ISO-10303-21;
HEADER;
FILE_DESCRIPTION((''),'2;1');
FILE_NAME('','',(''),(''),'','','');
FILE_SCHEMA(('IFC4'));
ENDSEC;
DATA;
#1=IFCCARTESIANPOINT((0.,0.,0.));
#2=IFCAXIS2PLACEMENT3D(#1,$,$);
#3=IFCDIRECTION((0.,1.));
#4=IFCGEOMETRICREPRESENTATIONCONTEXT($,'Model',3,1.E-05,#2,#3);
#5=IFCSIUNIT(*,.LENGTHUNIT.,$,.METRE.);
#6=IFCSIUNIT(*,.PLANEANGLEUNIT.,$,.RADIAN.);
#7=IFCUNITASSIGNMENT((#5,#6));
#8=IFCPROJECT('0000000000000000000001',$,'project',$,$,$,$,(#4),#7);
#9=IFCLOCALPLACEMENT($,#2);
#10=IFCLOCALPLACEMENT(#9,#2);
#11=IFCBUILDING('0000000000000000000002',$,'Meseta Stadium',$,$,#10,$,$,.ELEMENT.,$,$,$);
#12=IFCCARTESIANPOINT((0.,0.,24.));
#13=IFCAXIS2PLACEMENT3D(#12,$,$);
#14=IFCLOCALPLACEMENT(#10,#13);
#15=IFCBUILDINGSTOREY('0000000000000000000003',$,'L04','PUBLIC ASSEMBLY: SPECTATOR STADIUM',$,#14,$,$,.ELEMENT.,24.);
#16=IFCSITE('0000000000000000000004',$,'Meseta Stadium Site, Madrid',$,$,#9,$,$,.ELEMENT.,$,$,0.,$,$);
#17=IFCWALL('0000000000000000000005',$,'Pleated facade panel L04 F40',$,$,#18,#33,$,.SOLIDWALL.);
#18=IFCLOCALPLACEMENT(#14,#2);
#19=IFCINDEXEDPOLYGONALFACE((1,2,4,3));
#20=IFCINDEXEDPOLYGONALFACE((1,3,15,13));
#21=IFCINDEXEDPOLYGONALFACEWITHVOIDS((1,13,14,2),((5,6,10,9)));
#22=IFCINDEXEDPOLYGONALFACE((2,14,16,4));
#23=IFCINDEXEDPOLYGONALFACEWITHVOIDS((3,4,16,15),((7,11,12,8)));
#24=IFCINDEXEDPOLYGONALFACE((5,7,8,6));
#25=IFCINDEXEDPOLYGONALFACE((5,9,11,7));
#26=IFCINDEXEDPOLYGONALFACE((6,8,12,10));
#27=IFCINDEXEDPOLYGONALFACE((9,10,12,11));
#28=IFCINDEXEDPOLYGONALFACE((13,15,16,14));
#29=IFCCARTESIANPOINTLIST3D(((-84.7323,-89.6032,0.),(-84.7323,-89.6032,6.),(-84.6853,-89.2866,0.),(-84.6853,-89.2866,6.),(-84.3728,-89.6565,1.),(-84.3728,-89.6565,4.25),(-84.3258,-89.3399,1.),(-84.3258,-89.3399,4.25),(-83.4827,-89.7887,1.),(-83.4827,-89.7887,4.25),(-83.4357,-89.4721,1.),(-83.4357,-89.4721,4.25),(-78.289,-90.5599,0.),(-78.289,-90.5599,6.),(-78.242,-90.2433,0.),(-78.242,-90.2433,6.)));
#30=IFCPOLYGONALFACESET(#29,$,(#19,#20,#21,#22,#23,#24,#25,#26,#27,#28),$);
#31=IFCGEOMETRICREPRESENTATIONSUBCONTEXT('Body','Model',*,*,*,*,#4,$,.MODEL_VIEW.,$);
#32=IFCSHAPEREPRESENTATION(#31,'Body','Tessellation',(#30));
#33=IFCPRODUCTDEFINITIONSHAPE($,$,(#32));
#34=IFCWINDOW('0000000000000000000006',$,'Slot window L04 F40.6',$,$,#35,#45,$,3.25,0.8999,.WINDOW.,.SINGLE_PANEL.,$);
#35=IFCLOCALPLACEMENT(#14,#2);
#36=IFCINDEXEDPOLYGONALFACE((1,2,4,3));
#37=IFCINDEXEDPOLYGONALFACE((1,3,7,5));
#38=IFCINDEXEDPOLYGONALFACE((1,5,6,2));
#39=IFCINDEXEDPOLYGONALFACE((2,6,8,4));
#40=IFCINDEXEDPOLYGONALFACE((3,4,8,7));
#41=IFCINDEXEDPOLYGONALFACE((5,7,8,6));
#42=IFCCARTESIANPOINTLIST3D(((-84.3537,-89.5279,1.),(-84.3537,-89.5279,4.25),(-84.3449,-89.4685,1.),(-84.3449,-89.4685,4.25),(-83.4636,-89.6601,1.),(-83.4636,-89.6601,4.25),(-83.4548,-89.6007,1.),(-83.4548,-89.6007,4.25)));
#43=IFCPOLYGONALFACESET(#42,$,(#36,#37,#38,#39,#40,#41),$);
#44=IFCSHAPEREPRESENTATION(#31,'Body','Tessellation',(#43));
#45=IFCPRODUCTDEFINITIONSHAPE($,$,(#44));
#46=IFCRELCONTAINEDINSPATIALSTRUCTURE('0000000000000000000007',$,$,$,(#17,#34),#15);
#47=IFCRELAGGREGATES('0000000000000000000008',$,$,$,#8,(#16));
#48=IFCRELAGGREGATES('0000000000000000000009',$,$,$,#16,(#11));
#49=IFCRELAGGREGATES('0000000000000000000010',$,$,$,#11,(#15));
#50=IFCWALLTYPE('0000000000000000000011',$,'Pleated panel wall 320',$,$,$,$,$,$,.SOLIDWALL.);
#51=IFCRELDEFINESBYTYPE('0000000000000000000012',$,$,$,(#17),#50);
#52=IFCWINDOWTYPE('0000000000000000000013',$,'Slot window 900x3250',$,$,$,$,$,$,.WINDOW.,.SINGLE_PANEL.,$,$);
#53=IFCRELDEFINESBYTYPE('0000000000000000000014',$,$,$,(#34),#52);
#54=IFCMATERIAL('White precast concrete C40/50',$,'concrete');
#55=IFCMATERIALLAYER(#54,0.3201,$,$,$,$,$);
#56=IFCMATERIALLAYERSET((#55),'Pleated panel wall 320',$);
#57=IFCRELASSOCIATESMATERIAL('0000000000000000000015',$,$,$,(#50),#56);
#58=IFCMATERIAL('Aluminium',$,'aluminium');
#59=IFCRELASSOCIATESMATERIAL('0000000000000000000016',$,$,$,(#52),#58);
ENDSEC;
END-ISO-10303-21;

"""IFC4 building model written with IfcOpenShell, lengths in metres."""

from ifc_helpers import new_model, si_unit, direction, frame, frame_2d, origin, place, context, subcontext, project, spatial, rectangle, extrude, material, layer, layer_set, type_object, element, fill, save


model = new_model("IFC4")

# Units and contexts
model_context = context("Model", 3, precision=1e-05, world=origin(), true_north=direction((0.0, 1.0)))
body_context = subcontext(model_context, "Body", "Model", "MODEL_VIEW")
ifc_project = project(units=[si_unit("LENGTHUNIT", "METRE"), si_unit("PLANEANGLEUNIT", "RADIAN")], contexts=[model_context])

# Site, building, storey
site_placement = place(None, origin())
site = spatial("IfcSite", under=ifc_project, at=site_placement, Name="Meseta Stadium Site, Madrid", CompositionType="ELEMENT", RefElevation=0.0)
building_placement = place(site_placement, origin())
building = spatial("IfcBuilding", under=site, at=building_placement, Name="Meseta Stadium", CompositionType="ELEMENT")
storey_placement = place(building_placement, frame((0.0, 0.0, 24.0)))
storey = spatial("IfcBuildingStorey", under=building, at=storey_placement, Name="L04", Description="PUBLIC ASSEMBLY: SPECTATOR STADIUM", CompositionType="ELEMENT", Elevation=24.0)

# Wall, opening, window
ifc_material_1 = material(Name="White precast concrete C40/50", Category="concrete")
ifc_layer_1 = layer(ifc_material_1, 0.3201)
ifc_layer_set_1 = layer_set([ifc_layer_1], Name="Pleated panel wall 320")
wall_type_1 = type_object("IfcWallType", Name="Pleated panel wall 320", PredefinedType="SOLIDWALL", material=ifc_layer_set_1)
wall_1_placement = place(storey_placement, frame((-78.2656, -90.4016, 0.0), z_axis=(0.0, 0.0, 1.0), x_axis=(-0.989154, 0.146881, 0.0)))
wall_1 = element("IfcWall", 1, at=wall_1_placement, inside=storey, type_object=wall_type_1, Name="Pleated facade panel L04 F40", PredefinedType="SOLIDWALL", context=body_context, shape_type="SweptSolid", body=[
    extrude(rectangle(XDim=6.5139, YDim=0.3201, at=frame_2d((3.2568, 0.0))), origin(), (0.0, 0.0, 1.0), 6.0),
])
opening_placement = place(wall_1_placement, frame((5.2505, 0.0, 1.0)))
opening = element("IfcOpeningElement", 2, at=opening_placement, cuts=wall_1, PredefinedType="OPENING", context=body_context, shape_type="SweptSolid", body=[
    extrude(rectangle(XDim=0.8999, YDim=3.25, at=frame_2d((0.45, 1.625))), frame((0.0, 0.1699, 0.0), z_axis=(0.0, -1.0, 0.0), x_axis=(1.0, 0.0, 0.0)), (0.0, 0.0, 1.0), 0.3401),
])
ifc_material_2 = material(Name="Aluminium", Category="aluminium")
window_type = type_object("IfcWindowType", Name="Slot window 900x3250", PartitioningType="SINGLE_PANEL", PredefinedType="WINDOW", material=ifc_material_2)
window_placement = place(opening_placement, origin())
window = element("IfcWindow", 3, at=window_placement, inside=storey, type_object=window_type, Name="Slot window L04 F40.6", OverallHeight=3.25, OverallWidth=0.8999, PartitioningType="SINGLE_PANEL", PredefinedType="WINDOW", context=body_context, shape_type="SweptSolid", body=[
    extrude(rectangle(XDim=0.8999, YDim=3.25, at=frame_2d((0.45, 1.625))), frame((0.0, 0.03, 0.0), z_axis=(0.0, -1.0, 0.0), x_axis=(1.0, 0.0, 0.0)), (0.0, 0.0, 1.0), 0.0601),
])
fill(opening, window)

save(model, "model.ifc")
